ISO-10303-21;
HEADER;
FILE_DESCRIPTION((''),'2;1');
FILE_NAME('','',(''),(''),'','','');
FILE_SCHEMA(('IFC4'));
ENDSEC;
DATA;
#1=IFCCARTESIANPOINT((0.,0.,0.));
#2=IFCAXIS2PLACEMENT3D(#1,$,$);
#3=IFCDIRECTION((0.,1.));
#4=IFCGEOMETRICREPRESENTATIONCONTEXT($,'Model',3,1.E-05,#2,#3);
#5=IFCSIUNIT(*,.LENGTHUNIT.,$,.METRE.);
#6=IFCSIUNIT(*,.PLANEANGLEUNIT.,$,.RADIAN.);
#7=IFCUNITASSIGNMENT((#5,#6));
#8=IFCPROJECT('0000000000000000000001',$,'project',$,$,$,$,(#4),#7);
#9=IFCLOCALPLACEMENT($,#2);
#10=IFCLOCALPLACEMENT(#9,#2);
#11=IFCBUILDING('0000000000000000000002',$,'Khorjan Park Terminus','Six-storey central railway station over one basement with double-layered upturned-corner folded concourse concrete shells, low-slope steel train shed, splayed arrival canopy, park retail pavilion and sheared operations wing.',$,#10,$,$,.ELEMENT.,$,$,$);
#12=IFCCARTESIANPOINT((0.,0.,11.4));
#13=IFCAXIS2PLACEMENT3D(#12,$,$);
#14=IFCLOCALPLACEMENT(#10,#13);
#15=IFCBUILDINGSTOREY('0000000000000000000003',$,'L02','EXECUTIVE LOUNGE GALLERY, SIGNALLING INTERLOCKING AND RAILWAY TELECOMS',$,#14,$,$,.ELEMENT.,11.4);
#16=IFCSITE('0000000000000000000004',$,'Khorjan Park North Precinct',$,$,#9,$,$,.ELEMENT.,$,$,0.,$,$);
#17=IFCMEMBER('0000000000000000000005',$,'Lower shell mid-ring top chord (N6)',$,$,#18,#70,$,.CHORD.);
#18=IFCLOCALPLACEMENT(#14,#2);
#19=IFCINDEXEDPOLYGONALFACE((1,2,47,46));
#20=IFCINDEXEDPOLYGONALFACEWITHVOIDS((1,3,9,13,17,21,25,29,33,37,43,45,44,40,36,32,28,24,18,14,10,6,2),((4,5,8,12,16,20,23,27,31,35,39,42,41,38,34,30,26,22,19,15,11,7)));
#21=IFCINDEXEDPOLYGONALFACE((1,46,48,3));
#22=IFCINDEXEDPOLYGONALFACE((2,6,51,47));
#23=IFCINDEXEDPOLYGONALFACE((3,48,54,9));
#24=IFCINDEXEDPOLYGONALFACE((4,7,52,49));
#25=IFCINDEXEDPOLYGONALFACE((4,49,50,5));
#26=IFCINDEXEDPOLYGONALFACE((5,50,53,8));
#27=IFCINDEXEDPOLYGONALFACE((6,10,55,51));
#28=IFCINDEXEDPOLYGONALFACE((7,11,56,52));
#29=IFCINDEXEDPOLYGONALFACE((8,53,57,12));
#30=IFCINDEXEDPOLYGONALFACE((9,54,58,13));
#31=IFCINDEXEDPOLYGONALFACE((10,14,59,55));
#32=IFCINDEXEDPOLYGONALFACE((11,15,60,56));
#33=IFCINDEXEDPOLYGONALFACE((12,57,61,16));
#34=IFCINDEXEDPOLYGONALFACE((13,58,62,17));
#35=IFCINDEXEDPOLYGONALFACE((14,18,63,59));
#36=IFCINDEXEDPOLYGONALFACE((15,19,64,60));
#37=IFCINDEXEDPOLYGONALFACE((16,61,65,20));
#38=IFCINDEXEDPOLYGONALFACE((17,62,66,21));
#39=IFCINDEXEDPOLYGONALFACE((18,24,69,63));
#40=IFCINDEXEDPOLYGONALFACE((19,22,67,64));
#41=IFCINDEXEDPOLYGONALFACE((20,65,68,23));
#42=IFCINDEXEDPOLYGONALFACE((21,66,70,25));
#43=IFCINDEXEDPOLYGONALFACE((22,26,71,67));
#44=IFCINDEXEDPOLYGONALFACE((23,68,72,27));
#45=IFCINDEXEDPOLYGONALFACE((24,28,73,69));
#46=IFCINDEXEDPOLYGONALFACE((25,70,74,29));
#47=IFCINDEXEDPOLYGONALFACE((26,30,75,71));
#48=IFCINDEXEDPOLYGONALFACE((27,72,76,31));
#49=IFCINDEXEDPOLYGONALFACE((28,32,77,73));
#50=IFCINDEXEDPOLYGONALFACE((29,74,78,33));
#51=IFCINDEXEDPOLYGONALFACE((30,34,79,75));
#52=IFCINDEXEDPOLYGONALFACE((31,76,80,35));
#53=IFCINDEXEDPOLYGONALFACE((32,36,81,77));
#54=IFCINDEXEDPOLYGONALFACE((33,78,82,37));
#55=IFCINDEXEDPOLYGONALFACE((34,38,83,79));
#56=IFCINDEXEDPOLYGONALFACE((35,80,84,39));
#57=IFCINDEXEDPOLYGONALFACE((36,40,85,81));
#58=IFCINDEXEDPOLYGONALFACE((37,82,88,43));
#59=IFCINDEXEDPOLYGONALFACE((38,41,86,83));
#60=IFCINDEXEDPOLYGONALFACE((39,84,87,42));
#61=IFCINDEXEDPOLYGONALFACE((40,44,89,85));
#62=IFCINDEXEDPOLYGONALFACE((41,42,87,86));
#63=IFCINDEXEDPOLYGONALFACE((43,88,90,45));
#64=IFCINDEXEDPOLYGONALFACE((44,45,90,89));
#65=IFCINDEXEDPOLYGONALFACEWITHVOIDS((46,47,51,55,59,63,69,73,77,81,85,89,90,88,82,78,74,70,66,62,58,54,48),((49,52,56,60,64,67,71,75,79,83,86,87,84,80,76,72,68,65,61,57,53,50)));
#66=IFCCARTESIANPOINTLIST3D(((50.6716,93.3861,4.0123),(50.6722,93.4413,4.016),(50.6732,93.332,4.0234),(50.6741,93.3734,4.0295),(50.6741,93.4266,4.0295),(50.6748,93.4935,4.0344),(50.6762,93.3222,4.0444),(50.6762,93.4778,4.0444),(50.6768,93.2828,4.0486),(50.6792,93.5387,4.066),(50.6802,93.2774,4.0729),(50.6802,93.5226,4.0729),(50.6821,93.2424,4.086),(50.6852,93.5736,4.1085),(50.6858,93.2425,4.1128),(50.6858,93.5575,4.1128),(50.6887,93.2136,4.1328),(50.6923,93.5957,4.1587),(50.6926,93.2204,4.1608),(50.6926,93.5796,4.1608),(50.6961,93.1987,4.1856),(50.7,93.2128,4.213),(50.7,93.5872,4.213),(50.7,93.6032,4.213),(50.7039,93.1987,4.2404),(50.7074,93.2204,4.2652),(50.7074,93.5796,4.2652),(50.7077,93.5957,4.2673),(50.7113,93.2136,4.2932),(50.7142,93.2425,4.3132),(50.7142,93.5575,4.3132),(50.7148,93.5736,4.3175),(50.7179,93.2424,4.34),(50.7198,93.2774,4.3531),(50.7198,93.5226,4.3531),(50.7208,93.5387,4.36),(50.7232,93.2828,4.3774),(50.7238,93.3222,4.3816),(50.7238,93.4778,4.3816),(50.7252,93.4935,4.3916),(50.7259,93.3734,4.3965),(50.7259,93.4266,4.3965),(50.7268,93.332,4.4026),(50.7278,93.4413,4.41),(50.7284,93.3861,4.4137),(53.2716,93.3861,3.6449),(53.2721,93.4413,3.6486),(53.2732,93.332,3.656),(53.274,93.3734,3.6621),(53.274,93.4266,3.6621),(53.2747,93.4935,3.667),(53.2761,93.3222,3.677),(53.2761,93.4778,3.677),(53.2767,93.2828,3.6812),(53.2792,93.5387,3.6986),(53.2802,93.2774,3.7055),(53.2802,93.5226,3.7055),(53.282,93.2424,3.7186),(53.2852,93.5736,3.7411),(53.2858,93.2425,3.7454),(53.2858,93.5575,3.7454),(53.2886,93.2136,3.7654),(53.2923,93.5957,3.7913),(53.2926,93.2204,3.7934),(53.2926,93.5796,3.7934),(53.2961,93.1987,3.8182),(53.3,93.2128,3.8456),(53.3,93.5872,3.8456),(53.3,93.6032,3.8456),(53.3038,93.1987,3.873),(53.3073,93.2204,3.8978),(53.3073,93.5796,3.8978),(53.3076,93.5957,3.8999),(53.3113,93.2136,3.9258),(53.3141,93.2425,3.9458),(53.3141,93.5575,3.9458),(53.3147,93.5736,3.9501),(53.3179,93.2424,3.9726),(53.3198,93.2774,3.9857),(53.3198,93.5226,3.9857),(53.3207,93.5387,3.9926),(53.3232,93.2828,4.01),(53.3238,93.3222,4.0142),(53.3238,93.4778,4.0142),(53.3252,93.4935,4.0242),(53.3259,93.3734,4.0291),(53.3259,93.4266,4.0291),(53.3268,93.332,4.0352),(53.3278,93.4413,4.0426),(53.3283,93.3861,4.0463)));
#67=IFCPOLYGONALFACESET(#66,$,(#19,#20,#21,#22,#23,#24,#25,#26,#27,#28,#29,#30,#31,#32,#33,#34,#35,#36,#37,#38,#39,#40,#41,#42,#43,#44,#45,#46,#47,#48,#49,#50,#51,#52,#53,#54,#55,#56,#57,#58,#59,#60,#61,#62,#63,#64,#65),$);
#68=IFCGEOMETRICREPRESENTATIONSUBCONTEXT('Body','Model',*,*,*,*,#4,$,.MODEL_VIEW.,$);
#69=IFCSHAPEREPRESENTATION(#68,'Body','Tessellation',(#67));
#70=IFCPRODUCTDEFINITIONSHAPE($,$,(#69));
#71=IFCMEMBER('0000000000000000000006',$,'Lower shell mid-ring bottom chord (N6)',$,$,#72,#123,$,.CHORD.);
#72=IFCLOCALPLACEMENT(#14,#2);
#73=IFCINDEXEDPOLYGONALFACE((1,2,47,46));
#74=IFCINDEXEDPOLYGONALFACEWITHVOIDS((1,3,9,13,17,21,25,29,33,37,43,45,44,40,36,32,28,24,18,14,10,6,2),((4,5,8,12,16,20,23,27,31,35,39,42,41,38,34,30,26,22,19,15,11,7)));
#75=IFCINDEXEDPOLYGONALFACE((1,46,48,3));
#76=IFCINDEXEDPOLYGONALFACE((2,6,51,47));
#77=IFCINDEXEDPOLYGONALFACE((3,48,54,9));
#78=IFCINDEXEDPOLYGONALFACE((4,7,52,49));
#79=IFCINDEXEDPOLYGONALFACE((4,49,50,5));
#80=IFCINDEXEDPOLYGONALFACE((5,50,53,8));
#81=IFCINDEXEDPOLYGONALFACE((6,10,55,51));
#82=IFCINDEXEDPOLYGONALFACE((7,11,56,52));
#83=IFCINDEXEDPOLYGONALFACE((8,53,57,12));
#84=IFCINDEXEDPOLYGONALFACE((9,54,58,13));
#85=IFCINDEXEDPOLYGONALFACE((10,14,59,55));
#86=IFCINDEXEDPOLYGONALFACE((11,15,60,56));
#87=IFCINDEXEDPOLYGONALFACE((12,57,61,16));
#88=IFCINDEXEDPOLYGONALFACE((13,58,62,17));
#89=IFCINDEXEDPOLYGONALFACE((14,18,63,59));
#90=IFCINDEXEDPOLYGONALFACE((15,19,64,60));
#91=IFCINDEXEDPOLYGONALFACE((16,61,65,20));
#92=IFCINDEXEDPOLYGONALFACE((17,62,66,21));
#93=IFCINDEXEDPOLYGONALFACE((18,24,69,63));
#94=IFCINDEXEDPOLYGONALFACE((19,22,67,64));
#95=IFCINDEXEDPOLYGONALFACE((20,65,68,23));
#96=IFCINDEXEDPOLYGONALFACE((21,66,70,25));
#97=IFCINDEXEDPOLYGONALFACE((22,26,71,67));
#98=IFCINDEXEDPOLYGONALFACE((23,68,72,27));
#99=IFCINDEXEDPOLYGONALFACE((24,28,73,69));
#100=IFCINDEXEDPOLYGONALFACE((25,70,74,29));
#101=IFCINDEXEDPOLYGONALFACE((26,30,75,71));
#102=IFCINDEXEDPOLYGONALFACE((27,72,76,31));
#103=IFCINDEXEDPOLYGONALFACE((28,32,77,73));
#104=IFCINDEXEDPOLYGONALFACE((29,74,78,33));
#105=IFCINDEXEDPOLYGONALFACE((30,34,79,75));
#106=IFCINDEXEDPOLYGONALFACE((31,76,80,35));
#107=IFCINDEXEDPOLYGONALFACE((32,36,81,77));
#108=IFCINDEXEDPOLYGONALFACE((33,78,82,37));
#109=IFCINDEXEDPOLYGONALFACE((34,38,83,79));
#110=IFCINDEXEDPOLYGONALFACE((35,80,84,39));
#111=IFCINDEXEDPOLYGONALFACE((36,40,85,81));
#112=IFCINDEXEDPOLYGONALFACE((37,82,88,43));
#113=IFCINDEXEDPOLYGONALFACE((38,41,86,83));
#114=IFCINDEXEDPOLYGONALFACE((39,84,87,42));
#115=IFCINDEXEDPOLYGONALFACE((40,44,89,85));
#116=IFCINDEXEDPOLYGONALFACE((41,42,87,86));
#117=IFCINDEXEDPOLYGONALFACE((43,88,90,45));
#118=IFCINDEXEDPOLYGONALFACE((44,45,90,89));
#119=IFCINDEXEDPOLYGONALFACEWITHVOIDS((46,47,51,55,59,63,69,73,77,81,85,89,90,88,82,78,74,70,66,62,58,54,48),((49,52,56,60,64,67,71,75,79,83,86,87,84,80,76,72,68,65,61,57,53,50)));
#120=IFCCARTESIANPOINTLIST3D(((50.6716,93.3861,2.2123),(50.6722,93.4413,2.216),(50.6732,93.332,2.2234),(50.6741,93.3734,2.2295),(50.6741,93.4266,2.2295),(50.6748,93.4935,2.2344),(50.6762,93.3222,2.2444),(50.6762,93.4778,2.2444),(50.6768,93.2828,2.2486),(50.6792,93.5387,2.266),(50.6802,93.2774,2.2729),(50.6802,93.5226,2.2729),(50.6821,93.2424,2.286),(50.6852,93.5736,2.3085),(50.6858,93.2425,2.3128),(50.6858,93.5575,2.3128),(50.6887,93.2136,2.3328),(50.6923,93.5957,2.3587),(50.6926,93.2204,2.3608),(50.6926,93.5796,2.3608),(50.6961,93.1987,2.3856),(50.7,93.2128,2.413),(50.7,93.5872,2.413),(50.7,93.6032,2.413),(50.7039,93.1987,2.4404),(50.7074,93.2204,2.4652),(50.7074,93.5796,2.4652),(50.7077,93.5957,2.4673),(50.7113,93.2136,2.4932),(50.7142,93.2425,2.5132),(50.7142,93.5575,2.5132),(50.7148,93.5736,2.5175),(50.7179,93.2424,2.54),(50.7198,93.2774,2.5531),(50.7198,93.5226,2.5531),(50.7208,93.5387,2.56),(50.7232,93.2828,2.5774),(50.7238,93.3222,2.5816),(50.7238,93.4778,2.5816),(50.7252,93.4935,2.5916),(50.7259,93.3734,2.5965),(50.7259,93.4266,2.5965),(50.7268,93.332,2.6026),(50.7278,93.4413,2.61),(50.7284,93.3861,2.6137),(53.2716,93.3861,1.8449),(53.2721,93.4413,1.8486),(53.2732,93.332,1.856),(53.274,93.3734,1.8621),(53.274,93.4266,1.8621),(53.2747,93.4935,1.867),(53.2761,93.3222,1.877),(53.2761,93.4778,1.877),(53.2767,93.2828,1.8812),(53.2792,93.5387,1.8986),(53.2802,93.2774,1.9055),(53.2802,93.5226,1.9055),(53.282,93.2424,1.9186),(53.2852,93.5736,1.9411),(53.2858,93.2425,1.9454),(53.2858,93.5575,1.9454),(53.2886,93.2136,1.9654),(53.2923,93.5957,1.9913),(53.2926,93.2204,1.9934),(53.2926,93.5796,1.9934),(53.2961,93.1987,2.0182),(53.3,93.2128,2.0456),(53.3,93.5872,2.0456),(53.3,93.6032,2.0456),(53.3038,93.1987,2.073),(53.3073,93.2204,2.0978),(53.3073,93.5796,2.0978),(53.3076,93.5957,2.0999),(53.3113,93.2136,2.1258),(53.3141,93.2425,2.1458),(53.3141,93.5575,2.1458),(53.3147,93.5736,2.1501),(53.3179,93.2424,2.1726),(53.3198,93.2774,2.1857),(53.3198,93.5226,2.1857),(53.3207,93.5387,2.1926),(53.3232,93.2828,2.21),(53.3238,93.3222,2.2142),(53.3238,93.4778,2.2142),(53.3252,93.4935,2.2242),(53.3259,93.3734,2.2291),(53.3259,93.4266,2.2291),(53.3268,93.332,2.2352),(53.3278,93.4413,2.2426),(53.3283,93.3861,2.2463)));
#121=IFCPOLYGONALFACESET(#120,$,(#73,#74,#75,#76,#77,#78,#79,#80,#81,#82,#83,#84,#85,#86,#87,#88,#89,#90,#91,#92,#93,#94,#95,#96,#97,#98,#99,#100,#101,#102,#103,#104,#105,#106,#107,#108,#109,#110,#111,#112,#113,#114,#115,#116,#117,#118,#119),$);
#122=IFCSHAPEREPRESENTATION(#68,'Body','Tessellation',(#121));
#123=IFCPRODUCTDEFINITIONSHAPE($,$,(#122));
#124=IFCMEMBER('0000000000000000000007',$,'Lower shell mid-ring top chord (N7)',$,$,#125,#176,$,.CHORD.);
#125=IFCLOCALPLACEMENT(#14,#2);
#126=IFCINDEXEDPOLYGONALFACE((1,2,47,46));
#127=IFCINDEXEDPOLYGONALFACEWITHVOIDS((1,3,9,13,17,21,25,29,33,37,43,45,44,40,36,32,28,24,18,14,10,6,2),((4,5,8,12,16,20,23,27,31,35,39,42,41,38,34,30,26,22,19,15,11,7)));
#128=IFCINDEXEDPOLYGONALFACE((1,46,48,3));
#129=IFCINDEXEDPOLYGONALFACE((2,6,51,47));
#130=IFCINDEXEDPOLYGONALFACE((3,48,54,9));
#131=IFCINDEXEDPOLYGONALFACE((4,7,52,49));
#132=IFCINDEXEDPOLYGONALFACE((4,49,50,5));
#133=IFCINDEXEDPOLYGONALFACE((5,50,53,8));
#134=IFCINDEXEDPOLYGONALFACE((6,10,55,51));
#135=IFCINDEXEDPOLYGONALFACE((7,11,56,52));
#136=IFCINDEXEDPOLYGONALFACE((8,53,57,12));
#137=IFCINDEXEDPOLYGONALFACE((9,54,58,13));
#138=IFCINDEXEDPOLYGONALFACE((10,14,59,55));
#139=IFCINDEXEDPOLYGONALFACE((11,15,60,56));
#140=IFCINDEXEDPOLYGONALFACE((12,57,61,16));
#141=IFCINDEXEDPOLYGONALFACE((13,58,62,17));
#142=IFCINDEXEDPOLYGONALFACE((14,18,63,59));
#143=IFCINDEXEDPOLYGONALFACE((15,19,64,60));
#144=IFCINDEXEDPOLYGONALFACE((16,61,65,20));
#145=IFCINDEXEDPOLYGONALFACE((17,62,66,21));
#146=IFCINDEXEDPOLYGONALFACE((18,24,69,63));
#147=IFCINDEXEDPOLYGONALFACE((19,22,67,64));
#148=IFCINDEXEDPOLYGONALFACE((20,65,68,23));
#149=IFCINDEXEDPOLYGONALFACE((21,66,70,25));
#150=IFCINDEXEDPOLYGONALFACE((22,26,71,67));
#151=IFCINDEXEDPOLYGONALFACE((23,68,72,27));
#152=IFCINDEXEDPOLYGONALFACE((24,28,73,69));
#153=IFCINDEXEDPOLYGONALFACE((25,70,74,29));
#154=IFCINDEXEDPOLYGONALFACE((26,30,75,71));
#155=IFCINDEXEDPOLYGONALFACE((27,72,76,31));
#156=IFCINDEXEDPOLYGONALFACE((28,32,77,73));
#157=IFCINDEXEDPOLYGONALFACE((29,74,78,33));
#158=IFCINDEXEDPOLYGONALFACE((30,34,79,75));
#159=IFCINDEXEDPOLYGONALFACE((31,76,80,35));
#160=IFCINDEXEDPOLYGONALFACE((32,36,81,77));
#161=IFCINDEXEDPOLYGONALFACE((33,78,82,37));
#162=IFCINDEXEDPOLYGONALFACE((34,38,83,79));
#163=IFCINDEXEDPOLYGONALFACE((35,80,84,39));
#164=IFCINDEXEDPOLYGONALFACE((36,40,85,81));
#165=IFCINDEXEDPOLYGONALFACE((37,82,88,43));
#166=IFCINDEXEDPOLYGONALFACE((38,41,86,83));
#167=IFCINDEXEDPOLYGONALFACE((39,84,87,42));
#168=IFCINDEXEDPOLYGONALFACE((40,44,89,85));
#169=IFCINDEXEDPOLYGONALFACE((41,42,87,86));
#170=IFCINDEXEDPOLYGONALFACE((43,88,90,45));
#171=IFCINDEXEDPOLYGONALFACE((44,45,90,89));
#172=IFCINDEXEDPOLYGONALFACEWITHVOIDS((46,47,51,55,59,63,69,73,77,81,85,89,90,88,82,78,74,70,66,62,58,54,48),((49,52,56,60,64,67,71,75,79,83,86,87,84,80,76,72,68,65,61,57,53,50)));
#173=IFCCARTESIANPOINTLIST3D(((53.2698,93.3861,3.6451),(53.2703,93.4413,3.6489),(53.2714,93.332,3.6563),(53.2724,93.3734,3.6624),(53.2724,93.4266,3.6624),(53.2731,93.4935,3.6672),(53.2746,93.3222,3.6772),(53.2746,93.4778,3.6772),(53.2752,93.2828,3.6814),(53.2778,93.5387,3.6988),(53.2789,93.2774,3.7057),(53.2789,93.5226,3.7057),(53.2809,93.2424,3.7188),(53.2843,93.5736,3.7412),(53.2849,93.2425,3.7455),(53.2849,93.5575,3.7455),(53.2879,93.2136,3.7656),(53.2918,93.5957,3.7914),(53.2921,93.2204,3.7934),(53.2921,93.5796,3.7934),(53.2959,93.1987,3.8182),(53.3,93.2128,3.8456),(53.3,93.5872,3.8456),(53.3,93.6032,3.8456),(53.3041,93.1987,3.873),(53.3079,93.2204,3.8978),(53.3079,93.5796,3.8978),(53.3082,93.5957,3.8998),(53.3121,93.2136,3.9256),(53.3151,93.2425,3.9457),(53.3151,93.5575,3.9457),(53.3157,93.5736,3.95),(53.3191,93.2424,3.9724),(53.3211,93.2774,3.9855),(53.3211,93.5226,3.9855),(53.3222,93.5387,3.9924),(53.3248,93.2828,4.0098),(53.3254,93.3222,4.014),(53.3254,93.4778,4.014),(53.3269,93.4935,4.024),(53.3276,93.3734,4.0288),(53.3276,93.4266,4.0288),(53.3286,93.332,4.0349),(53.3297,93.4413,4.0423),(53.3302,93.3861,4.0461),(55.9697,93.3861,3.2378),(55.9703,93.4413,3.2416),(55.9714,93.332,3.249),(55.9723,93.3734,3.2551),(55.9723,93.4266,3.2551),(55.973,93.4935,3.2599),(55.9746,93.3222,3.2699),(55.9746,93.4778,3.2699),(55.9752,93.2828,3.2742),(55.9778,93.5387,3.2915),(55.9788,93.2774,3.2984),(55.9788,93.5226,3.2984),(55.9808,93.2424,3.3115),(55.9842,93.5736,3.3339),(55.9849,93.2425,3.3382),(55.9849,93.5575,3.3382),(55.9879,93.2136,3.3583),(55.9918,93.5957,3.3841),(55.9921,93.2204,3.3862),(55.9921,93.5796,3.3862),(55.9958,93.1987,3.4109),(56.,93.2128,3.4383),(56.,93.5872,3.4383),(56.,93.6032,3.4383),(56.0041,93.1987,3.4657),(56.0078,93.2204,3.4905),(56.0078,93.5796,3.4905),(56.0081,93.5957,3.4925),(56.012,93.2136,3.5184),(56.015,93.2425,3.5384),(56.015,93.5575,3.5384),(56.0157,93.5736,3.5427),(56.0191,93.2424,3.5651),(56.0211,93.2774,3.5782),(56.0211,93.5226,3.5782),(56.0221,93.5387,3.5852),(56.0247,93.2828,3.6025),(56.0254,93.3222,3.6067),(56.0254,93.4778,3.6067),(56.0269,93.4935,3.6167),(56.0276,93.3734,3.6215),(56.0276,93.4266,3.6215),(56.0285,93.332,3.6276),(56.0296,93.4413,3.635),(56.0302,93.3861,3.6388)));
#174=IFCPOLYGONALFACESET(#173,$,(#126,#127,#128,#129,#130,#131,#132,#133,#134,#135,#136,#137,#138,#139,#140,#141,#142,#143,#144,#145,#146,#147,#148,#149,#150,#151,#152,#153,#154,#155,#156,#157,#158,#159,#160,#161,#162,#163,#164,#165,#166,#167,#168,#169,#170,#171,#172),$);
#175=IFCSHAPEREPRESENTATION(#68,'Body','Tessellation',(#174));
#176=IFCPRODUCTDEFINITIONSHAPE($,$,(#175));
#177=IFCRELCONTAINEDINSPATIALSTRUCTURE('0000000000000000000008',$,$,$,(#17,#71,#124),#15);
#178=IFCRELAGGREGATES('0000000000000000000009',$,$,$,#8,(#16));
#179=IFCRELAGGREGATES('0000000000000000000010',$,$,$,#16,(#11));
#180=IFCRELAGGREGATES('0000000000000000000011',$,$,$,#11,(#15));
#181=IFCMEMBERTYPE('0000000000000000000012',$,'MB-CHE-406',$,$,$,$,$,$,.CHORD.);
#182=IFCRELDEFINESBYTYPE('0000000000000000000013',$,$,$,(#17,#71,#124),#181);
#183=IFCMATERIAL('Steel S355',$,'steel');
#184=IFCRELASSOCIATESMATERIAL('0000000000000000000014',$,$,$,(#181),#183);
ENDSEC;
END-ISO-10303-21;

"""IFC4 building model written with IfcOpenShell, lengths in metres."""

from ifc_helpers import new_model, si_unit, direction, frame, origin, origin_2d, place, context, subcontext, project, spatial, hollow_circle, extrude, material, material_profile, profile_set, type_object, element, save


model = new_model("IFC4")

# Units and contexts
model_context = context("Model", 3, precision=1e-05, world=origin(), true_north=direction((0.0, 1.0)))
body_context = subcontext(model_context, "Body", "Model", "MODEL_VIEW")
ifc_project = project(units=[si_unit("LENGTHUNIT", "METRE"), si_unit("PLANEANGLEUNIT", "RADIAN")], contexts=[model_context])

# Site, building, storey
site_placement = place(None, origin())
site = spatial("IfcSite", under=ifc_project, at=site_placement, Name="Khorjan Park North Precinct", CompositionType="ELEMENT", RefElevation=0.0)
building_placement = place(site_placement, origin())
building = spatial("IfcBuilding", under=site, at=building_placement, Name="Khorjan Park Terminus", Description="Six-storey central railway station over one basement with double-layered upturned-corner folded concourse concrete shells, low-slope steel train shed, splayed arrival canopy, park retail pavilion and sheared operations wing.", CompositionType="ELEMENT")
storey_placement = place(building_placement, frame((0.0, 0.0, 11.4)))
storey = spatial("IfcBuildingStorey", under=building, at=storey_placement, Name="L02", Description="EXECUTIVE LOUNGE GALLERY, SIGNALLING INTERLOCKING AND RAILWAY TELECOMS", CompositionType="ELEMENT", Elevation=11.4)

# Members
ifc_material_1 = material(Name="Steel S355", Category="steel")
ifc_material_profile_1 = material_profile(ifc_material_1, hollow_circle(Radius=0.2032, WallThickness=0.016, at=origin_2d()), Name="CHS 406.4x16")
ifc_profile_set_1 = profile_set([ifc_material_profile_1], Name="Steel S355")
member_type_1 = type_object("IfcMemberType", Name="MB-CHE-406", PredefinedType="CHORD", material=ifc_profile_set_1)
for number, where, z_axis, x_axis, name in (
    (1, (50.7, 93.4, 4.213), (0.990163, 0.0, -0.139918), (0.0, 1.0, 0.0), "Lower shell mid-ring top chord (N6)"),
    (2, (50.7, 93.4, 2.413), (0.990163, 0.0, -0.139918), (0.0, 1.0, 0.0), "Lower shell mid-ring bottom chord (N6)"),
):
    element("IfcMember", number, at=place(storey_placement, frame(where, z_axis=z_axis, x_axis=x_axis)), inside=storey, type_object=member_type_1, Name=name, PredefinedType="CHORD", context=body_context, shape_type="SweptSolid", body=[
        extrude(hollow_circle(Radius=0.2032, WallThickness=0.016, at=origin_2d()), origin(), (0.0, 0.0, 1.0), 2.6258),
    ])
for number, where, z_axis, x_axis, name in (
    (3, (53.3, 93.4, 3.8456), (0.988812, 0.0, -0.149164), (0.0, 1.0, 0.0), "Lower shell mid-ring top chord (N7)"),
):
    element("IfcMember", number, at=place(storey_placement, frame(where, z_axis=z_axis, x_axis=x_axis)), inside=storey, type_object=member_type_1, Name=name, PredefinedType="CHORD", context=body_context, shape_type="SweptSolid", body=[
        extrude(hollow_circle(Radius=0.2032, WallThickness=0.016, at=origin_2d()), origin(), (0.0, 0.0, 1.0), 2.7305),
    ])

save(model, "model.ifc")
